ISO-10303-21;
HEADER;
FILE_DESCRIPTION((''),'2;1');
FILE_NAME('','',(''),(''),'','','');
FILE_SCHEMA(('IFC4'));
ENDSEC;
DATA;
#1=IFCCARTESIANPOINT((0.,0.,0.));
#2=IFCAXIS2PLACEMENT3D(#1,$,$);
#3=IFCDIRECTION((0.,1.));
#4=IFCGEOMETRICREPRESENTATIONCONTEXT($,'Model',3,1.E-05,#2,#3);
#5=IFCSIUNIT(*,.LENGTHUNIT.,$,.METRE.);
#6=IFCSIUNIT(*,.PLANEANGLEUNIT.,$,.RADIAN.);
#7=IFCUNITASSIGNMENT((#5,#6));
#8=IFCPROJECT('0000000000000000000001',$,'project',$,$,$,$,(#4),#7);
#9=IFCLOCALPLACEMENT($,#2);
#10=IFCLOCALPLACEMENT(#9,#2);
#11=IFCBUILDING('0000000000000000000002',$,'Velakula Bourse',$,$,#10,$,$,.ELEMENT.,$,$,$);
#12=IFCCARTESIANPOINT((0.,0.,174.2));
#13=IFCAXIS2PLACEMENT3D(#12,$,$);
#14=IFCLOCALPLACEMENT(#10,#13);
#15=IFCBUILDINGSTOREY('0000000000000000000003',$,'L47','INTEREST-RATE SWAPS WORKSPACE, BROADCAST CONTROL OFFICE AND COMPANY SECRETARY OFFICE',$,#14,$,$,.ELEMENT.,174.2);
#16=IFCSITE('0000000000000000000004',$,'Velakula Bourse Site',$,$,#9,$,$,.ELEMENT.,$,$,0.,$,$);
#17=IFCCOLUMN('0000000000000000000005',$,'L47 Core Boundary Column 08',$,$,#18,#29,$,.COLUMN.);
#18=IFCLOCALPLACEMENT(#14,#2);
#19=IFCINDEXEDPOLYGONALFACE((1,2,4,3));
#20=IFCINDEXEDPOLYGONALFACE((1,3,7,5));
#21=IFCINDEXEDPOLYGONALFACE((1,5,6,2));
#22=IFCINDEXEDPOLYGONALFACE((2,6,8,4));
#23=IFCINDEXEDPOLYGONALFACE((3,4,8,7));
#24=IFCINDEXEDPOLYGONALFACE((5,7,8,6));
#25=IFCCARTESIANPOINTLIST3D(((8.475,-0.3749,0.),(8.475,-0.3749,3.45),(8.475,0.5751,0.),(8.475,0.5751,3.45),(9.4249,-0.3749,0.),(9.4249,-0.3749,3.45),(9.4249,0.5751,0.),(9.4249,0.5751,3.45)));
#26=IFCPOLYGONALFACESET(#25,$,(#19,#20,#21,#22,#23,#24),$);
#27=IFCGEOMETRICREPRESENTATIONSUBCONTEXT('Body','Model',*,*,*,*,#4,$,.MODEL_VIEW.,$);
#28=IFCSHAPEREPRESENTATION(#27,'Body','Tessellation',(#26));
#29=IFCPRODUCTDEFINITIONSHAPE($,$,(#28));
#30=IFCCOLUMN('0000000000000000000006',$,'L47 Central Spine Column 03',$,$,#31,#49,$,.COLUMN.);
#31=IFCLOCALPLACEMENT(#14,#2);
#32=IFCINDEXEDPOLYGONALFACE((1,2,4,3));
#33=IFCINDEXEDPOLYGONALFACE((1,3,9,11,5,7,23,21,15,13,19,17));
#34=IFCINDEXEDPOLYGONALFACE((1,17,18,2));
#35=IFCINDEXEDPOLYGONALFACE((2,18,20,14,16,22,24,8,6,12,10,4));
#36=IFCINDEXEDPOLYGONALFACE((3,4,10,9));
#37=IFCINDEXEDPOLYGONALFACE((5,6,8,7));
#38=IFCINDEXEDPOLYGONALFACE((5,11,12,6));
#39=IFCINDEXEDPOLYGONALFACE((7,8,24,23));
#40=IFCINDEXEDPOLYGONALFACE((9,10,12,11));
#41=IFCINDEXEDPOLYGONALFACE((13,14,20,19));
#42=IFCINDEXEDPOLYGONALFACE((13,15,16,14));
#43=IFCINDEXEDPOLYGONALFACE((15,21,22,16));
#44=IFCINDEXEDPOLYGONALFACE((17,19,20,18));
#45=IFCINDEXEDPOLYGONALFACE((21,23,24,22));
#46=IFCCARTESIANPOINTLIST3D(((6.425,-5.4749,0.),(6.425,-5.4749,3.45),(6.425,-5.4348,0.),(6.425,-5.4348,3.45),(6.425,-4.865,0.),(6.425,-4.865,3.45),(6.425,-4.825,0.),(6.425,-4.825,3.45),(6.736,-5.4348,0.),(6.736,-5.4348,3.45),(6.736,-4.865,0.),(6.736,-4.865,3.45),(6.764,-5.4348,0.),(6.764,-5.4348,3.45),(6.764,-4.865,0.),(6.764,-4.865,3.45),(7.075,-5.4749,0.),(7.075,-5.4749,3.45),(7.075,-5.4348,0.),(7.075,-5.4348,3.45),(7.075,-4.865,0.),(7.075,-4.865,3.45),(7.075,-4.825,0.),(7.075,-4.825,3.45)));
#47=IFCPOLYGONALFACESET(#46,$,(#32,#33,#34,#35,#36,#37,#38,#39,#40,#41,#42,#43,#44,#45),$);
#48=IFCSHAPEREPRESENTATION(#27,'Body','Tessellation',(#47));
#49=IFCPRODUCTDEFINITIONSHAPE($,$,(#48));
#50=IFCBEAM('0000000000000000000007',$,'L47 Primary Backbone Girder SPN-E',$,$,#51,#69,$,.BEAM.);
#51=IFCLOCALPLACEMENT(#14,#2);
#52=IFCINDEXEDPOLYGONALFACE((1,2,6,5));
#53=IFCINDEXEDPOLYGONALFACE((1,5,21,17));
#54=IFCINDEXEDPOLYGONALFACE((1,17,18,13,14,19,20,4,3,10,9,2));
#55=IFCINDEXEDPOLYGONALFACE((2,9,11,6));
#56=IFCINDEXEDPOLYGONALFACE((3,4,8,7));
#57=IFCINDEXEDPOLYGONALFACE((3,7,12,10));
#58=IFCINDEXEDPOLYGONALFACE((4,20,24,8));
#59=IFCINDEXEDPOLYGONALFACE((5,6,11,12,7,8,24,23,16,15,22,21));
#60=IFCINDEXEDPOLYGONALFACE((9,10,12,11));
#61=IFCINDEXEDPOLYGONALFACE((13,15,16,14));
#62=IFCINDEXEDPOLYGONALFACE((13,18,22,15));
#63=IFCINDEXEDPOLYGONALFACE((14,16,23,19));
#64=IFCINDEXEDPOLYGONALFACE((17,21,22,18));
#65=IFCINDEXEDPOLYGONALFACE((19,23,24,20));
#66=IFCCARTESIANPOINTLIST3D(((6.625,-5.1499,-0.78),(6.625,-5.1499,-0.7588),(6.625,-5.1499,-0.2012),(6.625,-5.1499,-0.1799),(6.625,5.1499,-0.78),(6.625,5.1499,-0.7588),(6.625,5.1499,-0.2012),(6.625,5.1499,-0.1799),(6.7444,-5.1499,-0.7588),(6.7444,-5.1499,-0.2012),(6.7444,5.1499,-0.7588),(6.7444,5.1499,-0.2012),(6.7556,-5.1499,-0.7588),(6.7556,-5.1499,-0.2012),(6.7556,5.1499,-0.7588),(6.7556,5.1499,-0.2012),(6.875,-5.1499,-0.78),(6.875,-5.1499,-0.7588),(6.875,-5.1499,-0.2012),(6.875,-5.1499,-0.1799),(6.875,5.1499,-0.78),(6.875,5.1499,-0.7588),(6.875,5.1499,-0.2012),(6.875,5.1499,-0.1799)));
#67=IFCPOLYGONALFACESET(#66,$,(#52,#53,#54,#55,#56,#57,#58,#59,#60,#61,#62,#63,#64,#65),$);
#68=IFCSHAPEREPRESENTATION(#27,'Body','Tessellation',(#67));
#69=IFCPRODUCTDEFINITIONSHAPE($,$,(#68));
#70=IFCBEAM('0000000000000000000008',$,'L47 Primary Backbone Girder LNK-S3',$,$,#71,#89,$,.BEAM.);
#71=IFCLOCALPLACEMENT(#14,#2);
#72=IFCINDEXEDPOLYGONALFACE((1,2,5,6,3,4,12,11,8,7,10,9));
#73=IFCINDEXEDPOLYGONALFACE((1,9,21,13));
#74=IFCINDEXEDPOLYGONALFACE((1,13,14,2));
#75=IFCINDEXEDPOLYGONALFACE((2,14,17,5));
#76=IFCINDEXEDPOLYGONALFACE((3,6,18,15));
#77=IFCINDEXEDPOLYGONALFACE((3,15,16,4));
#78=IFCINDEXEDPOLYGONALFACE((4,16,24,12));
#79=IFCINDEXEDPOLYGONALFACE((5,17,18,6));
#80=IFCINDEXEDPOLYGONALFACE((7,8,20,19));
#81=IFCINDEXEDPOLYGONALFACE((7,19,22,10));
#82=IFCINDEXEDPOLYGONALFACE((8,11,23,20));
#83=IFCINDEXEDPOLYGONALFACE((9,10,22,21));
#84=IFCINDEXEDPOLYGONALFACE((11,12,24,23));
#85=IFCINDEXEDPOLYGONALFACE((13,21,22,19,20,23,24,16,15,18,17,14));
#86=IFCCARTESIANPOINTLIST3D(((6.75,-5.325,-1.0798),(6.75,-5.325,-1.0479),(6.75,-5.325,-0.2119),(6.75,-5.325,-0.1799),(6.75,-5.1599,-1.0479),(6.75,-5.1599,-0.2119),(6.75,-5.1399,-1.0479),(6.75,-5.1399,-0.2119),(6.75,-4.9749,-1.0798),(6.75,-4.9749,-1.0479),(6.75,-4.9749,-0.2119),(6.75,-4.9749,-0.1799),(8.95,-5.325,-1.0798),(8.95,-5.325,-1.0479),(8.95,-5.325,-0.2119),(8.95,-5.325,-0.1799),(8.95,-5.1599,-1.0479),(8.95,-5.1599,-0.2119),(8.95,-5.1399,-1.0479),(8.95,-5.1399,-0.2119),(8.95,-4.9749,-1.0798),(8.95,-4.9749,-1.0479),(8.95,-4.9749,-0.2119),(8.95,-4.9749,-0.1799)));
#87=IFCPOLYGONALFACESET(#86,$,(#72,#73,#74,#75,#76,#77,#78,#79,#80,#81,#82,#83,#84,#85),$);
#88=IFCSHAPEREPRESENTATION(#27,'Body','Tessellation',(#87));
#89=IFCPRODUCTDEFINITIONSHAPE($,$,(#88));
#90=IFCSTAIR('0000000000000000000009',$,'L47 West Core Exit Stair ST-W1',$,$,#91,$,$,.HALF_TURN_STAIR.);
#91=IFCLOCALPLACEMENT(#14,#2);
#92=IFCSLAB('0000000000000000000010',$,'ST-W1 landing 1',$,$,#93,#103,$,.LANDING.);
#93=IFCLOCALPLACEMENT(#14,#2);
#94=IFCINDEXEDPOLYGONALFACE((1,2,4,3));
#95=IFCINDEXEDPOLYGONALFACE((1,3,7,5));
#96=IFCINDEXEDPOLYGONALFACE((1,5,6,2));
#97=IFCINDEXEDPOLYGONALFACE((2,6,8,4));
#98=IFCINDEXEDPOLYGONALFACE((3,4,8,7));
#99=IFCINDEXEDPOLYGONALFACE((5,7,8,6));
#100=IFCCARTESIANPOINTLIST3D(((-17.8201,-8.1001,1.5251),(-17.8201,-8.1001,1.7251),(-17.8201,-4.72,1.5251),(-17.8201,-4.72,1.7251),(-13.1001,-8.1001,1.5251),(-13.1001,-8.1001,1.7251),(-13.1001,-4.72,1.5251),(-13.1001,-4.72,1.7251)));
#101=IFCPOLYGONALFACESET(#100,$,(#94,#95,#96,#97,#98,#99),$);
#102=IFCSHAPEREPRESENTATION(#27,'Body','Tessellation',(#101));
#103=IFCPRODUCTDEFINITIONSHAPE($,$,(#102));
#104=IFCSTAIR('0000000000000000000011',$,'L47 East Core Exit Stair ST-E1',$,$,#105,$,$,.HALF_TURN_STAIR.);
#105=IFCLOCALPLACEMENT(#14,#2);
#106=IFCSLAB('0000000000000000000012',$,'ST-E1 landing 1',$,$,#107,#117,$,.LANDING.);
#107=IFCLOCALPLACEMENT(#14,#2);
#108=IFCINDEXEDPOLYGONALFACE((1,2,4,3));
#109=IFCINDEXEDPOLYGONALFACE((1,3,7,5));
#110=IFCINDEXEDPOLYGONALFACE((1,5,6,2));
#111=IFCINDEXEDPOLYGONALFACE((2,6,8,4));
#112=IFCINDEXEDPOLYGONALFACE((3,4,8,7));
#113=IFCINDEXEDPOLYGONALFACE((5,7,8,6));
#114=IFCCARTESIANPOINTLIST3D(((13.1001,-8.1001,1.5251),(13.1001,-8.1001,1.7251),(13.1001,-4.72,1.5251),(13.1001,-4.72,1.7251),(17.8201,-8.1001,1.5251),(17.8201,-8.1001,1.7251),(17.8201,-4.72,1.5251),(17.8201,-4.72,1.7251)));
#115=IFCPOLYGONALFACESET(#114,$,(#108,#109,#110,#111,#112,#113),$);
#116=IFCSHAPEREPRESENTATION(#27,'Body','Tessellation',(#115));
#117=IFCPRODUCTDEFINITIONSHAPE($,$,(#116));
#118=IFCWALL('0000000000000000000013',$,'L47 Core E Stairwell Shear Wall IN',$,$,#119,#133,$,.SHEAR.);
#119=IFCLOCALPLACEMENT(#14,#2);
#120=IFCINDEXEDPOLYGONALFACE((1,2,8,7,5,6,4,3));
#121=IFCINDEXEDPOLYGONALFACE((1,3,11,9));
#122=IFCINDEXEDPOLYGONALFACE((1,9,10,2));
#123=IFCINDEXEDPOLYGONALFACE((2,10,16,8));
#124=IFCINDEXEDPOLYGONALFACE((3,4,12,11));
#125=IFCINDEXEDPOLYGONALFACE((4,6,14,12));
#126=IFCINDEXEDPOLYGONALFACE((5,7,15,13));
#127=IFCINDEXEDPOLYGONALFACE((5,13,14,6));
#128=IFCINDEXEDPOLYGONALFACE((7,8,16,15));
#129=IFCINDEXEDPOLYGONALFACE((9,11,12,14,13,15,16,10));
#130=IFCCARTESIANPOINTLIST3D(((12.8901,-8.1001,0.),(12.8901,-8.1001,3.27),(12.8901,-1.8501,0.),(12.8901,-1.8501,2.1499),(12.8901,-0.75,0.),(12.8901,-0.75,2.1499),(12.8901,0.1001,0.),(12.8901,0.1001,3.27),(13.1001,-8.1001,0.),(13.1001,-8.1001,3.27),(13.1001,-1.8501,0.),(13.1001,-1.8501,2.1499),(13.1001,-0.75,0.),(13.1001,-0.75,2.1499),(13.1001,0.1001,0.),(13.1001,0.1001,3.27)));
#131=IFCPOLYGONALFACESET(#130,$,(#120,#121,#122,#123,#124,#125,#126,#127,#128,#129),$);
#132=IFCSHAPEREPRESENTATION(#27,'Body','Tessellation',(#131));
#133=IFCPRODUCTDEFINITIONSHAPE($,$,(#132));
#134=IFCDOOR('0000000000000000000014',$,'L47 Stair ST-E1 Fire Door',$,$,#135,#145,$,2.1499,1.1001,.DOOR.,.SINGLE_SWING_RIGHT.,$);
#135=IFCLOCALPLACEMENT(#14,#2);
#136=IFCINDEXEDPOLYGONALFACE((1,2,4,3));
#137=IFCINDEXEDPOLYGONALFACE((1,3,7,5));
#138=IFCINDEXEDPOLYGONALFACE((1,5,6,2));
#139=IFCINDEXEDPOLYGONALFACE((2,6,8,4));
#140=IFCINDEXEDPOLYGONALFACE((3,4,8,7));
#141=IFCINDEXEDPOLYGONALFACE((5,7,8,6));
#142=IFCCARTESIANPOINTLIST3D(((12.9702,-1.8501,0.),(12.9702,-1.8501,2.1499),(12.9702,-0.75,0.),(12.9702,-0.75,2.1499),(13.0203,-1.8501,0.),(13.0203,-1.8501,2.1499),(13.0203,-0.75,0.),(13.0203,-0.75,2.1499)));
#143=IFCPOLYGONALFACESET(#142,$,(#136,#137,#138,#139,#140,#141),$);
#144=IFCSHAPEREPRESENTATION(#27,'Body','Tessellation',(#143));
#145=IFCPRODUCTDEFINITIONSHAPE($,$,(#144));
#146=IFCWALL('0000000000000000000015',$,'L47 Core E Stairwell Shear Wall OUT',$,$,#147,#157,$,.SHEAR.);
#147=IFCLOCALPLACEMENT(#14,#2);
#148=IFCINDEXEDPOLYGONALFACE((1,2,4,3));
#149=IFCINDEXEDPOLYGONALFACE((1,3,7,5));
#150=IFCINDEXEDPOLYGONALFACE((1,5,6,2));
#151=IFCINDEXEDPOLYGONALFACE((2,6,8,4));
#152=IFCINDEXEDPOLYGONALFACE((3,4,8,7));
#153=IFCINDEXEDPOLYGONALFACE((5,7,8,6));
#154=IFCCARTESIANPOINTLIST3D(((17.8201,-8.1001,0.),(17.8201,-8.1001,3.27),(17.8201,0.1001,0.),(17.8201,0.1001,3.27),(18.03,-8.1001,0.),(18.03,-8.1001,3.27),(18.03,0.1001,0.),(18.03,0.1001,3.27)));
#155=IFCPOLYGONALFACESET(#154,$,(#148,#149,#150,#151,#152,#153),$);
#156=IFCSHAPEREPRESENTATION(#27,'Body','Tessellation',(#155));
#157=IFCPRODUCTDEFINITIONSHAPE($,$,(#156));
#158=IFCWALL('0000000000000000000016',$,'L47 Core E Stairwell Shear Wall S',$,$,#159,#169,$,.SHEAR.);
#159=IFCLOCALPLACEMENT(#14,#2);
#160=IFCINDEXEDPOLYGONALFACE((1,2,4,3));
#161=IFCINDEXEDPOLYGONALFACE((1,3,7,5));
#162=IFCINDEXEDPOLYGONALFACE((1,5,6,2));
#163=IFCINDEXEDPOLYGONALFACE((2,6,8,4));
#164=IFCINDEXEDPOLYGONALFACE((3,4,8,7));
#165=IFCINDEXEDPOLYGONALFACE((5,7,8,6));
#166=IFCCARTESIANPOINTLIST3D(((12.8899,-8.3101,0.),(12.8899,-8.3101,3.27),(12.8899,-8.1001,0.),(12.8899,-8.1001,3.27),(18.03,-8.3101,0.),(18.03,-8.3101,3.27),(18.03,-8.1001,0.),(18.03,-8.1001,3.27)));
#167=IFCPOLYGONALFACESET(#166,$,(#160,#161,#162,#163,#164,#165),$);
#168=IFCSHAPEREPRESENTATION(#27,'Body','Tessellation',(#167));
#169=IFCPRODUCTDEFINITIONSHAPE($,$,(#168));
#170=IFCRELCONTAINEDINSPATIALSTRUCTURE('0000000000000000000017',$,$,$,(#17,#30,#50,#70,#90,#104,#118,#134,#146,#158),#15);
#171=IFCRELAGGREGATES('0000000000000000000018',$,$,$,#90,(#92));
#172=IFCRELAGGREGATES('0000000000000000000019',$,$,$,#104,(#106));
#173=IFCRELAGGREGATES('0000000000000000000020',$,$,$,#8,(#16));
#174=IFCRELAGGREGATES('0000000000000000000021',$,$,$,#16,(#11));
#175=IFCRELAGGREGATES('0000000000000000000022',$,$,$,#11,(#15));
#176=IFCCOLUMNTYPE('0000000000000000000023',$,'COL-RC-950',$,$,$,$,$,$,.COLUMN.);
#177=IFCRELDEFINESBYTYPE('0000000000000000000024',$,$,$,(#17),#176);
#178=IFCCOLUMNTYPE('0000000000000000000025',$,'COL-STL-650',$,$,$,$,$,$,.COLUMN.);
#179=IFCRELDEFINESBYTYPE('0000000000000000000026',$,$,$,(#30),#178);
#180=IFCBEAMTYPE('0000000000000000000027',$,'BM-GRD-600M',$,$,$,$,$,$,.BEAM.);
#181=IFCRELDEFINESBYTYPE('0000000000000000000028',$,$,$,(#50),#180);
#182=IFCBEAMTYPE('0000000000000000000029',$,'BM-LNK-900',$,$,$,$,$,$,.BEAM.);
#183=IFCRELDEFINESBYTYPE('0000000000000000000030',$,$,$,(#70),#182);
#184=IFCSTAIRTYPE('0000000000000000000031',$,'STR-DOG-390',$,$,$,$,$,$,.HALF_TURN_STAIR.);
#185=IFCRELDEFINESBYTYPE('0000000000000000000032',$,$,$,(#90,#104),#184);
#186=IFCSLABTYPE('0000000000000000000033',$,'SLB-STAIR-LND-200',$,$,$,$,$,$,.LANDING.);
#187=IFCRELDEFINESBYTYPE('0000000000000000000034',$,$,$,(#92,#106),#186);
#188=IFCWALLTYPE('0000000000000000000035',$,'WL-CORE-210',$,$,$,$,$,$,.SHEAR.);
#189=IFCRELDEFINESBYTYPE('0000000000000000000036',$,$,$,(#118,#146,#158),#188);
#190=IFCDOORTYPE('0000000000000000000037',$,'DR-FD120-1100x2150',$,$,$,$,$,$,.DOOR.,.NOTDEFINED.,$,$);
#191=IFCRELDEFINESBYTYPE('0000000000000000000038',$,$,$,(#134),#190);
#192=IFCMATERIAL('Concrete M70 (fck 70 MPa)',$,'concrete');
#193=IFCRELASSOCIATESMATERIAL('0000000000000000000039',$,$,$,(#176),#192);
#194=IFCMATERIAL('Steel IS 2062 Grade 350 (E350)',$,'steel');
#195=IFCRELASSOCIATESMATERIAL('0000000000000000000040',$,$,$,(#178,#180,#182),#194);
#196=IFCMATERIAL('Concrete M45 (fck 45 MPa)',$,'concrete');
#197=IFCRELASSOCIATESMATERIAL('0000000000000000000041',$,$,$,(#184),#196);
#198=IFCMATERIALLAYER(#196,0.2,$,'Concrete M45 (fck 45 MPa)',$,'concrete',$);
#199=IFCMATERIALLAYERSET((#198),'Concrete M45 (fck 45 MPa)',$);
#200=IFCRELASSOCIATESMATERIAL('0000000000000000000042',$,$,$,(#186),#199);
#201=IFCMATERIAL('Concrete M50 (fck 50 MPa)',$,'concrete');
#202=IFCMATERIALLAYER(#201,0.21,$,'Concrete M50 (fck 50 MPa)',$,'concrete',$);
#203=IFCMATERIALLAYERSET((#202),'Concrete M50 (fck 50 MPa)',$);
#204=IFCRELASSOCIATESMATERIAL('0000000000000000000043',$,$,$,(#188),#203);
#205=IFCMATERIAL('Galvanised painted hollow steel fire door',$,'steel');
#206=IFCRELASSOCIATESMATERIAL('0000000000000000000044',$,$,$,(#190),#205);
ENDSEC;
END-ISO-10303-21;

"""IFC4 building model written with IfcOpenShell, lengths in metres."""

from ifc_helpers import new_model, si_unit, direction, frame, frame_2d, origin, origin_2d, place, context, subcontext, project, spatial, polyline, rectangle, i_section, outline, extrude, material, layer, layer_set, material_profile, profile_set, type_object, element, fill, aggregate, save


model = new_model("IFC4")

# Units and contexts
model_context = context("Model", 3, precision=1e-05, world=origin(), true_north=direction((0.0, 1.0)))
body_context = subcontext(model_context, "Body", "Model", "MODEL_VIEW")
ifc_project = project(units=[si_unit("LENGTHUNIT", "METRE"), si_unit("PLANEANGLEUNIT", "RADIAN")], contexts=[model_context])

# Site, building, storey
site_placement = place(None, origin())
site = spatial("IfcSite", under=ifc_project, at=site_placement, Name="Velakula Bourse Site", CompositionType="ELEMENT", RefElevation=0.0)
building_placement = place(site_placement, origin())
building = spatial("IfcBuilding", under=site, at=building_placement, Name="Velakula Bourse", CompositionType="ELEMENT")
storey_placement = place(building_placement, frame((0.0, 0.0, 174.2)))
storey = spatial("IfcBuildingStorey", under=building, at=storey_placement, Name="L47", Description="INTEREST-RATE SWAPS WORKSPACE, BROADCAST CONTROL OFFICE AND COMPANY SECRETARY OFFICE", CompositionType="ELEMENT", Elevation=174.2)

# Columns
ifc_material_1 = material(Name="Concrete M70 (fck 70 MPa)", Category="concrete")
ifc_material_profile_1 = material_profile(ifc_material_1, rectangle(XDim=0.95, YDim=0.95, at=origin_2d()), Name="Concrete M70 (fck 70 MPa)")
ifc_profile_set_1 = profile_set([ifc_material_profile_1], Name="Concrete M70 (fck 70 MPa)")
column_type_1 = type_object("IfcColumnType", Name="COL-RC-950", PredefinedType="COLUMN", material=ifc_profile_set_1)
column_1_placement = place(storey_placement, frame((8.95, 0.1001, 0.0), z_axis=(0.0, 0.0, 1.0), x_axis=(1.0, 0.0, 0.0)))
element("IfcColumn", 1, at=column_1_placement, inside=storey, type_object=column_type_1, Name="L47 Core Boundary Column 08", PredefinedType="COLUMN", context=body_context, shape_type="SweptSolid", body=[
    extrude(rectangle(XDim=0.95, YDim=0.95, at=origin_2d()), origin(), (0.0, 0.0, 1.0), 3.45),
])
ifc_material_2 = material(Name="Steel IS 2062 Grade 350 (E350)", Category="steel")
ifc_material_profile_2 = material_profile(ifc_material_2, i_section(OverallWidth=0.6499, OverallDepth=0.6499, WebThickness=0.0281, FlangeThickness=0.04, at=origin_2d()), Name="Steel IS 2062 Grade 350 (E350)")
ifc_profile_set_2 = profile_set([ifc_material_profile_2], Name="Steel IS 2062 Grade 350 (E350)")
column_type_2 = type_object("IfcColumnType", Name="COL-STL-650", PredefinedType="COLUMN", material=ifc_profile_set_2)
column_2_placement = place(storey_placement, frame((6.75, -5.1499, 0.0), z_axis=(0.0, 0.0, 1.0), x_axis=(1.0, 0.0, 0.0)))
element("IfcColumn", 2, at=column_2_placement, inside=storey, type_object=column_type_2, Name="L47 Central Spine Column 03", PredefinedType="COLUMN", context=body_context, shape_type="SweptSolid", body=[
    extrude(i_section(OverallWidth=0.6499, OverallDepth=0.6499, WebThickness=0.0281, FlangeThickness=0.04, at=origin_2d()), origin(), (0.0, 0.0, 1.0), 3.45),
])

# Beams
ifc_material_profile_3 = material_profile(ifc_material_2, i_section(OverallWidth=0.25, OverallDepth=0.6001, WebThickness=0.0112, FlangeThickness=0.0212, at=origin_2d()), Name="Steel IS 2062 Grade 350 (E350)")
ifc_profile_set_3 = profile_set([ifc_material_profile_3], Name="Steel IS 2062 Grade 350 (E350)")
beam_type_1 = type_object("IfcBeamType", Name="BM-GRD-600M", PredefinedType="BEAM", material=ifc_profile_set_3)
beam_1_placement = place(storey_placement, frame((6.75, -5.1499, -0.48), z_axis=(0.0, 1.0, 0.0), x_axis=(-1.0, 0.0, 0.0)))
element("IfcBeam", 3, at=beam_1_placement, inside=storey, type_object=beam_type_1, Name="L47 Primary Backbone Girder SPN-E", PredefinedType="BEAM", context=body_context, shape_type="SweptSolid", body=[
    extrude(i_section(OverallWidth=0.25, OverallDepth=0.6001, WebThickness=0.0112, FlangeThickness=0.0212, at=origin_2d()), origin(), (0.0, 0.0, 1.0), 10.2998),
])
ifc_material_profile_4 = material_profile(ifc_material_2, i_section(OverallWidth=0.3501, OverallDepth=0.8999, WebThickness=0.02, FlangeThickness=0.032, at=origin_2d()), Name="Steel IS 2062 Grade 350 (E350)")
ifc_profile_set_4 = profile_set([ifc_material_profile_4], Name="Steel IS 2062 Grade 350 (E350)")
beam_type_2 = type_object("IfcBeamType", Name="BM-LNK-900", PredefinedType="BEAM", material=ifc_profile_set_4)
beam_2_placement = place(storey_placement, frame((6.75, -5.1499, -0.6299), z_axis=(1.0, 0.0, 0.0), x_axis=(0.0, 1.0, 0.0)))
element("IfcBeam", 4, at=beam_2_placement, inside=storey, type_object=beam_type_2, Name="L47 Primary Backbone Girder LNK-S3", PredefinedType="BEAM", context=body_context, shape_type="SweptSolid", body=[
    extrude(i_section(OverallWidth=0.3501, OverallDepth=0.8999, WebThickness=0.02, FlangeThickness=0.032, at=origin_2d()), origin(), (0.0, 0.0, 1.0), 2.2),
])

# Stairs, slabs
ifc_material_3 = material(Name="Concrete M45 (fck 45 MPa)", Category="concrete")
stair_type = type_object("IfcStairType", Name="STR-DOG-390", PredefinedType="HALF_TURN_STAIR", material=ifc_material_3)
stair_1_placement = place(storey_placement, origin())
stair_1 = element("IfcStair", 5, at=stair_1_placement, inside=storey, type_object=stair_type, Name="L47 West Core Exit Stair ST-W1", PredefinedType="HALF_TURN_STAIR")
ifc_layer_1 = layer(ifc_material_3, 0.2, Name="Concrete M45 (fck 45 MPa)", Category="concrete")
ifc_layer_set_1 = layer_set([ifc_layer_1], Name="Concrete M45 (fck 45 MPa)")
slab_type = type_object("IfcSlabType", Name="SLB-STAIR-LND-200", PredefinedType="LANDING", material=ifc_layer_set_1)
slab_1_placement = place(storey_placement, frame((0.0, 0.0, 1.5251)))
slab_1 = element("IfcSlab", 6, at=slab_1_placement, type_object=slab_type, Name="ST-W1 landing 1", PredefinedType="LANDING", context=body_context, shape_type="SweptSolid", body=[
    extrude(outline(polyline([(-17.8201, -4.72), (-17.8201, -8.1001), (-13.1001, -8.1001), (-13.1001, -4.72), (-17.8201, -4.72)])), origin(), (0.0, 0.0, 1.0), 0.2),
])
aggregate(stair_1, [slab_1])
stair_2_placement = place(storey_placement, origin())
stair_2 = element("IfcStair", 7, at=stair_2_placement, inside=storey, type_object=stair_type, Name="L47 East Core Exit Stair ST-E1", PredefinedType="HALF_TURN_STAIR")
slab_2_placement = place(storey_placement, frame((0.0, 0.0, 1.5251)))
slab_2 = element("IfcSlab", 8, at=slab_2_placement, type_object=slab_type, Name="ST-E1 landing 1", PredefinedType="LANDING", context=body_context, shape_type="SweptSolid", body=[
    extrude(outline(polyline([(13.1001, -4.72), (13.1001, -8.1001), (17.8201, -8.1001), (17.8201, -4.72), (13.1001, -4.72)])), origin(), (0.0, 0.0, 1.0), 0.2),
])

# Wall, opening, door
ifc_material_4 = material(Name="Concrete M50 (fck 50 MPa)", Category="concrete")
ifc_layer_2 = layer(ifc_material_4, 0.21, Name="Concrete M50 (fck 50 MPa)", Category="concrete")
ifc_layer_set_2 = layer_set([ifc_layer_2], Name="Concrete M50 (fck 50 MPa)")
wall_type_1 = type_object("IfcWallType", Name="WL-CORE-210", PredefinedType="SHEAR", material=ifc_layer_set_2)
wall_1_placement = place(storey_placement, frame((12.9951, -8.1001, 0.0), z_axis=(0.0, 0.0, 1.0), x_axis=(0.0, 1.0, 0.0)))
wall_1 = element("IfcWall", 9, at=wall_1_placement, inside=storey, type_object=wall_type_1, Name="L47 Core E Stairwell Shear Wall IN", PredefinedType="SHEAR", context=body_context, shape_type="SweptSolid", body=[
    extrude(rectangle(XDim=8.2002, YDim=0.21, at=frame_2d((4.1001, 0.0))), origin(), (0.0, 0.0, 1.0), 3.27),
])
opening_1_placement = place(wall_1_placement, frame((6.25, 0.0, 0.0)))
opening_1 = element("IfcOpeningElement", 10, at=opening_1_placement, cuts=wall_1, PredefinedType="OPENING", context=body_context, shape_type="SweptSolid", body=[
    extrude(rectangle(XDim=1.1001, YDim=2.1499, at=frame_2d((0.55, 1.075))), frame((0.0, 0.115, 0.0), z_axis=(0.0, -1.0, 0.0), x_axis=(1.0, 0.0, 0.0)), (0.0, 0.0, 1.0), 0.23),
])
ifc_material_5 = material(Name="Galvanised painted hollow steel fire door", Category="steel")
door_type_1 = type_object("IfcDoorType", Name="DR-FD120-1100x2150", OperationType="NOTDEFINED", PredefinedType="DOOR", material=ifc_material_5)
door_1_placement = place(opening_1_placement, origin())
door_1 = element("IfcDoor", 11, at=door_1_placement, inside=storey, type_object=door_type_1, Name="L47 Stair ST-E1 Fire Door", OperationType="SINGLE_SWING_RIGHT", OverallHeight=2.1499, OverallWidth=1.1001, PredefinedType="DOOR", context=body_context, shape_type="SweptSolid", body=[
    extrude(rectangle(XDim=1.1001, YDim=2.1499, at=frame_2d((0.55, 1.075))), frame((0.0, 0.0249, 0.0), z_axis=(0.0, -1.0, 0.0), x_axis=(1.0, 0.0, 0.0)), (0.0, 0.0, 1.0), 0.05),
])
fill(opening_1, door_1)

# Walls
wall_2_placement = place(storey_placement, frame((17.925, -8.1001, 0.0), z_axis=(0.0, 0.0, 1.0), x_axis=(0.0, 1.0, 0.0)))
element("IfcWall", 12, at=wall_2_placement, inside=storey, type_object=wall_type_1, Name="L47 Core E Stairwell Shear Wall OUT", PredefinedType="SHEAR", context=body_context, shape_type="SweptSolid", body=[
    extrude(rectangle(XDim=8.2002, YDim=0.21, at=frame_2d((4.1001, 0.0))), origin(), (0.0, 0.0, 1.0), 3.27),
])
wall_3_placement = place(storey_placement, frame((12.8899, -8.2051, 0.0), z_axis=(0.0, 0.0, 1.0), x_axis=(1.0, 0.0, 0.0)))
element("IfcWall", 13, at=wall_3_placement, inside=storey, type_object=wall_type_1, Name="L47 Core E Stairwell Shear Wall S", PredefinedType="SHEAR", context=body_context, shape_type="SweptSolid", body=[
    extrude(rectangle(XDim=5.1401, YDim=0.21, at=frame_2d((2.5701, 0.0))), origin(), (0.0, 0.0, 1.0), 3.27),
])

aggregate(stair_2, [slab_2])

save(model, "model.ifc")
